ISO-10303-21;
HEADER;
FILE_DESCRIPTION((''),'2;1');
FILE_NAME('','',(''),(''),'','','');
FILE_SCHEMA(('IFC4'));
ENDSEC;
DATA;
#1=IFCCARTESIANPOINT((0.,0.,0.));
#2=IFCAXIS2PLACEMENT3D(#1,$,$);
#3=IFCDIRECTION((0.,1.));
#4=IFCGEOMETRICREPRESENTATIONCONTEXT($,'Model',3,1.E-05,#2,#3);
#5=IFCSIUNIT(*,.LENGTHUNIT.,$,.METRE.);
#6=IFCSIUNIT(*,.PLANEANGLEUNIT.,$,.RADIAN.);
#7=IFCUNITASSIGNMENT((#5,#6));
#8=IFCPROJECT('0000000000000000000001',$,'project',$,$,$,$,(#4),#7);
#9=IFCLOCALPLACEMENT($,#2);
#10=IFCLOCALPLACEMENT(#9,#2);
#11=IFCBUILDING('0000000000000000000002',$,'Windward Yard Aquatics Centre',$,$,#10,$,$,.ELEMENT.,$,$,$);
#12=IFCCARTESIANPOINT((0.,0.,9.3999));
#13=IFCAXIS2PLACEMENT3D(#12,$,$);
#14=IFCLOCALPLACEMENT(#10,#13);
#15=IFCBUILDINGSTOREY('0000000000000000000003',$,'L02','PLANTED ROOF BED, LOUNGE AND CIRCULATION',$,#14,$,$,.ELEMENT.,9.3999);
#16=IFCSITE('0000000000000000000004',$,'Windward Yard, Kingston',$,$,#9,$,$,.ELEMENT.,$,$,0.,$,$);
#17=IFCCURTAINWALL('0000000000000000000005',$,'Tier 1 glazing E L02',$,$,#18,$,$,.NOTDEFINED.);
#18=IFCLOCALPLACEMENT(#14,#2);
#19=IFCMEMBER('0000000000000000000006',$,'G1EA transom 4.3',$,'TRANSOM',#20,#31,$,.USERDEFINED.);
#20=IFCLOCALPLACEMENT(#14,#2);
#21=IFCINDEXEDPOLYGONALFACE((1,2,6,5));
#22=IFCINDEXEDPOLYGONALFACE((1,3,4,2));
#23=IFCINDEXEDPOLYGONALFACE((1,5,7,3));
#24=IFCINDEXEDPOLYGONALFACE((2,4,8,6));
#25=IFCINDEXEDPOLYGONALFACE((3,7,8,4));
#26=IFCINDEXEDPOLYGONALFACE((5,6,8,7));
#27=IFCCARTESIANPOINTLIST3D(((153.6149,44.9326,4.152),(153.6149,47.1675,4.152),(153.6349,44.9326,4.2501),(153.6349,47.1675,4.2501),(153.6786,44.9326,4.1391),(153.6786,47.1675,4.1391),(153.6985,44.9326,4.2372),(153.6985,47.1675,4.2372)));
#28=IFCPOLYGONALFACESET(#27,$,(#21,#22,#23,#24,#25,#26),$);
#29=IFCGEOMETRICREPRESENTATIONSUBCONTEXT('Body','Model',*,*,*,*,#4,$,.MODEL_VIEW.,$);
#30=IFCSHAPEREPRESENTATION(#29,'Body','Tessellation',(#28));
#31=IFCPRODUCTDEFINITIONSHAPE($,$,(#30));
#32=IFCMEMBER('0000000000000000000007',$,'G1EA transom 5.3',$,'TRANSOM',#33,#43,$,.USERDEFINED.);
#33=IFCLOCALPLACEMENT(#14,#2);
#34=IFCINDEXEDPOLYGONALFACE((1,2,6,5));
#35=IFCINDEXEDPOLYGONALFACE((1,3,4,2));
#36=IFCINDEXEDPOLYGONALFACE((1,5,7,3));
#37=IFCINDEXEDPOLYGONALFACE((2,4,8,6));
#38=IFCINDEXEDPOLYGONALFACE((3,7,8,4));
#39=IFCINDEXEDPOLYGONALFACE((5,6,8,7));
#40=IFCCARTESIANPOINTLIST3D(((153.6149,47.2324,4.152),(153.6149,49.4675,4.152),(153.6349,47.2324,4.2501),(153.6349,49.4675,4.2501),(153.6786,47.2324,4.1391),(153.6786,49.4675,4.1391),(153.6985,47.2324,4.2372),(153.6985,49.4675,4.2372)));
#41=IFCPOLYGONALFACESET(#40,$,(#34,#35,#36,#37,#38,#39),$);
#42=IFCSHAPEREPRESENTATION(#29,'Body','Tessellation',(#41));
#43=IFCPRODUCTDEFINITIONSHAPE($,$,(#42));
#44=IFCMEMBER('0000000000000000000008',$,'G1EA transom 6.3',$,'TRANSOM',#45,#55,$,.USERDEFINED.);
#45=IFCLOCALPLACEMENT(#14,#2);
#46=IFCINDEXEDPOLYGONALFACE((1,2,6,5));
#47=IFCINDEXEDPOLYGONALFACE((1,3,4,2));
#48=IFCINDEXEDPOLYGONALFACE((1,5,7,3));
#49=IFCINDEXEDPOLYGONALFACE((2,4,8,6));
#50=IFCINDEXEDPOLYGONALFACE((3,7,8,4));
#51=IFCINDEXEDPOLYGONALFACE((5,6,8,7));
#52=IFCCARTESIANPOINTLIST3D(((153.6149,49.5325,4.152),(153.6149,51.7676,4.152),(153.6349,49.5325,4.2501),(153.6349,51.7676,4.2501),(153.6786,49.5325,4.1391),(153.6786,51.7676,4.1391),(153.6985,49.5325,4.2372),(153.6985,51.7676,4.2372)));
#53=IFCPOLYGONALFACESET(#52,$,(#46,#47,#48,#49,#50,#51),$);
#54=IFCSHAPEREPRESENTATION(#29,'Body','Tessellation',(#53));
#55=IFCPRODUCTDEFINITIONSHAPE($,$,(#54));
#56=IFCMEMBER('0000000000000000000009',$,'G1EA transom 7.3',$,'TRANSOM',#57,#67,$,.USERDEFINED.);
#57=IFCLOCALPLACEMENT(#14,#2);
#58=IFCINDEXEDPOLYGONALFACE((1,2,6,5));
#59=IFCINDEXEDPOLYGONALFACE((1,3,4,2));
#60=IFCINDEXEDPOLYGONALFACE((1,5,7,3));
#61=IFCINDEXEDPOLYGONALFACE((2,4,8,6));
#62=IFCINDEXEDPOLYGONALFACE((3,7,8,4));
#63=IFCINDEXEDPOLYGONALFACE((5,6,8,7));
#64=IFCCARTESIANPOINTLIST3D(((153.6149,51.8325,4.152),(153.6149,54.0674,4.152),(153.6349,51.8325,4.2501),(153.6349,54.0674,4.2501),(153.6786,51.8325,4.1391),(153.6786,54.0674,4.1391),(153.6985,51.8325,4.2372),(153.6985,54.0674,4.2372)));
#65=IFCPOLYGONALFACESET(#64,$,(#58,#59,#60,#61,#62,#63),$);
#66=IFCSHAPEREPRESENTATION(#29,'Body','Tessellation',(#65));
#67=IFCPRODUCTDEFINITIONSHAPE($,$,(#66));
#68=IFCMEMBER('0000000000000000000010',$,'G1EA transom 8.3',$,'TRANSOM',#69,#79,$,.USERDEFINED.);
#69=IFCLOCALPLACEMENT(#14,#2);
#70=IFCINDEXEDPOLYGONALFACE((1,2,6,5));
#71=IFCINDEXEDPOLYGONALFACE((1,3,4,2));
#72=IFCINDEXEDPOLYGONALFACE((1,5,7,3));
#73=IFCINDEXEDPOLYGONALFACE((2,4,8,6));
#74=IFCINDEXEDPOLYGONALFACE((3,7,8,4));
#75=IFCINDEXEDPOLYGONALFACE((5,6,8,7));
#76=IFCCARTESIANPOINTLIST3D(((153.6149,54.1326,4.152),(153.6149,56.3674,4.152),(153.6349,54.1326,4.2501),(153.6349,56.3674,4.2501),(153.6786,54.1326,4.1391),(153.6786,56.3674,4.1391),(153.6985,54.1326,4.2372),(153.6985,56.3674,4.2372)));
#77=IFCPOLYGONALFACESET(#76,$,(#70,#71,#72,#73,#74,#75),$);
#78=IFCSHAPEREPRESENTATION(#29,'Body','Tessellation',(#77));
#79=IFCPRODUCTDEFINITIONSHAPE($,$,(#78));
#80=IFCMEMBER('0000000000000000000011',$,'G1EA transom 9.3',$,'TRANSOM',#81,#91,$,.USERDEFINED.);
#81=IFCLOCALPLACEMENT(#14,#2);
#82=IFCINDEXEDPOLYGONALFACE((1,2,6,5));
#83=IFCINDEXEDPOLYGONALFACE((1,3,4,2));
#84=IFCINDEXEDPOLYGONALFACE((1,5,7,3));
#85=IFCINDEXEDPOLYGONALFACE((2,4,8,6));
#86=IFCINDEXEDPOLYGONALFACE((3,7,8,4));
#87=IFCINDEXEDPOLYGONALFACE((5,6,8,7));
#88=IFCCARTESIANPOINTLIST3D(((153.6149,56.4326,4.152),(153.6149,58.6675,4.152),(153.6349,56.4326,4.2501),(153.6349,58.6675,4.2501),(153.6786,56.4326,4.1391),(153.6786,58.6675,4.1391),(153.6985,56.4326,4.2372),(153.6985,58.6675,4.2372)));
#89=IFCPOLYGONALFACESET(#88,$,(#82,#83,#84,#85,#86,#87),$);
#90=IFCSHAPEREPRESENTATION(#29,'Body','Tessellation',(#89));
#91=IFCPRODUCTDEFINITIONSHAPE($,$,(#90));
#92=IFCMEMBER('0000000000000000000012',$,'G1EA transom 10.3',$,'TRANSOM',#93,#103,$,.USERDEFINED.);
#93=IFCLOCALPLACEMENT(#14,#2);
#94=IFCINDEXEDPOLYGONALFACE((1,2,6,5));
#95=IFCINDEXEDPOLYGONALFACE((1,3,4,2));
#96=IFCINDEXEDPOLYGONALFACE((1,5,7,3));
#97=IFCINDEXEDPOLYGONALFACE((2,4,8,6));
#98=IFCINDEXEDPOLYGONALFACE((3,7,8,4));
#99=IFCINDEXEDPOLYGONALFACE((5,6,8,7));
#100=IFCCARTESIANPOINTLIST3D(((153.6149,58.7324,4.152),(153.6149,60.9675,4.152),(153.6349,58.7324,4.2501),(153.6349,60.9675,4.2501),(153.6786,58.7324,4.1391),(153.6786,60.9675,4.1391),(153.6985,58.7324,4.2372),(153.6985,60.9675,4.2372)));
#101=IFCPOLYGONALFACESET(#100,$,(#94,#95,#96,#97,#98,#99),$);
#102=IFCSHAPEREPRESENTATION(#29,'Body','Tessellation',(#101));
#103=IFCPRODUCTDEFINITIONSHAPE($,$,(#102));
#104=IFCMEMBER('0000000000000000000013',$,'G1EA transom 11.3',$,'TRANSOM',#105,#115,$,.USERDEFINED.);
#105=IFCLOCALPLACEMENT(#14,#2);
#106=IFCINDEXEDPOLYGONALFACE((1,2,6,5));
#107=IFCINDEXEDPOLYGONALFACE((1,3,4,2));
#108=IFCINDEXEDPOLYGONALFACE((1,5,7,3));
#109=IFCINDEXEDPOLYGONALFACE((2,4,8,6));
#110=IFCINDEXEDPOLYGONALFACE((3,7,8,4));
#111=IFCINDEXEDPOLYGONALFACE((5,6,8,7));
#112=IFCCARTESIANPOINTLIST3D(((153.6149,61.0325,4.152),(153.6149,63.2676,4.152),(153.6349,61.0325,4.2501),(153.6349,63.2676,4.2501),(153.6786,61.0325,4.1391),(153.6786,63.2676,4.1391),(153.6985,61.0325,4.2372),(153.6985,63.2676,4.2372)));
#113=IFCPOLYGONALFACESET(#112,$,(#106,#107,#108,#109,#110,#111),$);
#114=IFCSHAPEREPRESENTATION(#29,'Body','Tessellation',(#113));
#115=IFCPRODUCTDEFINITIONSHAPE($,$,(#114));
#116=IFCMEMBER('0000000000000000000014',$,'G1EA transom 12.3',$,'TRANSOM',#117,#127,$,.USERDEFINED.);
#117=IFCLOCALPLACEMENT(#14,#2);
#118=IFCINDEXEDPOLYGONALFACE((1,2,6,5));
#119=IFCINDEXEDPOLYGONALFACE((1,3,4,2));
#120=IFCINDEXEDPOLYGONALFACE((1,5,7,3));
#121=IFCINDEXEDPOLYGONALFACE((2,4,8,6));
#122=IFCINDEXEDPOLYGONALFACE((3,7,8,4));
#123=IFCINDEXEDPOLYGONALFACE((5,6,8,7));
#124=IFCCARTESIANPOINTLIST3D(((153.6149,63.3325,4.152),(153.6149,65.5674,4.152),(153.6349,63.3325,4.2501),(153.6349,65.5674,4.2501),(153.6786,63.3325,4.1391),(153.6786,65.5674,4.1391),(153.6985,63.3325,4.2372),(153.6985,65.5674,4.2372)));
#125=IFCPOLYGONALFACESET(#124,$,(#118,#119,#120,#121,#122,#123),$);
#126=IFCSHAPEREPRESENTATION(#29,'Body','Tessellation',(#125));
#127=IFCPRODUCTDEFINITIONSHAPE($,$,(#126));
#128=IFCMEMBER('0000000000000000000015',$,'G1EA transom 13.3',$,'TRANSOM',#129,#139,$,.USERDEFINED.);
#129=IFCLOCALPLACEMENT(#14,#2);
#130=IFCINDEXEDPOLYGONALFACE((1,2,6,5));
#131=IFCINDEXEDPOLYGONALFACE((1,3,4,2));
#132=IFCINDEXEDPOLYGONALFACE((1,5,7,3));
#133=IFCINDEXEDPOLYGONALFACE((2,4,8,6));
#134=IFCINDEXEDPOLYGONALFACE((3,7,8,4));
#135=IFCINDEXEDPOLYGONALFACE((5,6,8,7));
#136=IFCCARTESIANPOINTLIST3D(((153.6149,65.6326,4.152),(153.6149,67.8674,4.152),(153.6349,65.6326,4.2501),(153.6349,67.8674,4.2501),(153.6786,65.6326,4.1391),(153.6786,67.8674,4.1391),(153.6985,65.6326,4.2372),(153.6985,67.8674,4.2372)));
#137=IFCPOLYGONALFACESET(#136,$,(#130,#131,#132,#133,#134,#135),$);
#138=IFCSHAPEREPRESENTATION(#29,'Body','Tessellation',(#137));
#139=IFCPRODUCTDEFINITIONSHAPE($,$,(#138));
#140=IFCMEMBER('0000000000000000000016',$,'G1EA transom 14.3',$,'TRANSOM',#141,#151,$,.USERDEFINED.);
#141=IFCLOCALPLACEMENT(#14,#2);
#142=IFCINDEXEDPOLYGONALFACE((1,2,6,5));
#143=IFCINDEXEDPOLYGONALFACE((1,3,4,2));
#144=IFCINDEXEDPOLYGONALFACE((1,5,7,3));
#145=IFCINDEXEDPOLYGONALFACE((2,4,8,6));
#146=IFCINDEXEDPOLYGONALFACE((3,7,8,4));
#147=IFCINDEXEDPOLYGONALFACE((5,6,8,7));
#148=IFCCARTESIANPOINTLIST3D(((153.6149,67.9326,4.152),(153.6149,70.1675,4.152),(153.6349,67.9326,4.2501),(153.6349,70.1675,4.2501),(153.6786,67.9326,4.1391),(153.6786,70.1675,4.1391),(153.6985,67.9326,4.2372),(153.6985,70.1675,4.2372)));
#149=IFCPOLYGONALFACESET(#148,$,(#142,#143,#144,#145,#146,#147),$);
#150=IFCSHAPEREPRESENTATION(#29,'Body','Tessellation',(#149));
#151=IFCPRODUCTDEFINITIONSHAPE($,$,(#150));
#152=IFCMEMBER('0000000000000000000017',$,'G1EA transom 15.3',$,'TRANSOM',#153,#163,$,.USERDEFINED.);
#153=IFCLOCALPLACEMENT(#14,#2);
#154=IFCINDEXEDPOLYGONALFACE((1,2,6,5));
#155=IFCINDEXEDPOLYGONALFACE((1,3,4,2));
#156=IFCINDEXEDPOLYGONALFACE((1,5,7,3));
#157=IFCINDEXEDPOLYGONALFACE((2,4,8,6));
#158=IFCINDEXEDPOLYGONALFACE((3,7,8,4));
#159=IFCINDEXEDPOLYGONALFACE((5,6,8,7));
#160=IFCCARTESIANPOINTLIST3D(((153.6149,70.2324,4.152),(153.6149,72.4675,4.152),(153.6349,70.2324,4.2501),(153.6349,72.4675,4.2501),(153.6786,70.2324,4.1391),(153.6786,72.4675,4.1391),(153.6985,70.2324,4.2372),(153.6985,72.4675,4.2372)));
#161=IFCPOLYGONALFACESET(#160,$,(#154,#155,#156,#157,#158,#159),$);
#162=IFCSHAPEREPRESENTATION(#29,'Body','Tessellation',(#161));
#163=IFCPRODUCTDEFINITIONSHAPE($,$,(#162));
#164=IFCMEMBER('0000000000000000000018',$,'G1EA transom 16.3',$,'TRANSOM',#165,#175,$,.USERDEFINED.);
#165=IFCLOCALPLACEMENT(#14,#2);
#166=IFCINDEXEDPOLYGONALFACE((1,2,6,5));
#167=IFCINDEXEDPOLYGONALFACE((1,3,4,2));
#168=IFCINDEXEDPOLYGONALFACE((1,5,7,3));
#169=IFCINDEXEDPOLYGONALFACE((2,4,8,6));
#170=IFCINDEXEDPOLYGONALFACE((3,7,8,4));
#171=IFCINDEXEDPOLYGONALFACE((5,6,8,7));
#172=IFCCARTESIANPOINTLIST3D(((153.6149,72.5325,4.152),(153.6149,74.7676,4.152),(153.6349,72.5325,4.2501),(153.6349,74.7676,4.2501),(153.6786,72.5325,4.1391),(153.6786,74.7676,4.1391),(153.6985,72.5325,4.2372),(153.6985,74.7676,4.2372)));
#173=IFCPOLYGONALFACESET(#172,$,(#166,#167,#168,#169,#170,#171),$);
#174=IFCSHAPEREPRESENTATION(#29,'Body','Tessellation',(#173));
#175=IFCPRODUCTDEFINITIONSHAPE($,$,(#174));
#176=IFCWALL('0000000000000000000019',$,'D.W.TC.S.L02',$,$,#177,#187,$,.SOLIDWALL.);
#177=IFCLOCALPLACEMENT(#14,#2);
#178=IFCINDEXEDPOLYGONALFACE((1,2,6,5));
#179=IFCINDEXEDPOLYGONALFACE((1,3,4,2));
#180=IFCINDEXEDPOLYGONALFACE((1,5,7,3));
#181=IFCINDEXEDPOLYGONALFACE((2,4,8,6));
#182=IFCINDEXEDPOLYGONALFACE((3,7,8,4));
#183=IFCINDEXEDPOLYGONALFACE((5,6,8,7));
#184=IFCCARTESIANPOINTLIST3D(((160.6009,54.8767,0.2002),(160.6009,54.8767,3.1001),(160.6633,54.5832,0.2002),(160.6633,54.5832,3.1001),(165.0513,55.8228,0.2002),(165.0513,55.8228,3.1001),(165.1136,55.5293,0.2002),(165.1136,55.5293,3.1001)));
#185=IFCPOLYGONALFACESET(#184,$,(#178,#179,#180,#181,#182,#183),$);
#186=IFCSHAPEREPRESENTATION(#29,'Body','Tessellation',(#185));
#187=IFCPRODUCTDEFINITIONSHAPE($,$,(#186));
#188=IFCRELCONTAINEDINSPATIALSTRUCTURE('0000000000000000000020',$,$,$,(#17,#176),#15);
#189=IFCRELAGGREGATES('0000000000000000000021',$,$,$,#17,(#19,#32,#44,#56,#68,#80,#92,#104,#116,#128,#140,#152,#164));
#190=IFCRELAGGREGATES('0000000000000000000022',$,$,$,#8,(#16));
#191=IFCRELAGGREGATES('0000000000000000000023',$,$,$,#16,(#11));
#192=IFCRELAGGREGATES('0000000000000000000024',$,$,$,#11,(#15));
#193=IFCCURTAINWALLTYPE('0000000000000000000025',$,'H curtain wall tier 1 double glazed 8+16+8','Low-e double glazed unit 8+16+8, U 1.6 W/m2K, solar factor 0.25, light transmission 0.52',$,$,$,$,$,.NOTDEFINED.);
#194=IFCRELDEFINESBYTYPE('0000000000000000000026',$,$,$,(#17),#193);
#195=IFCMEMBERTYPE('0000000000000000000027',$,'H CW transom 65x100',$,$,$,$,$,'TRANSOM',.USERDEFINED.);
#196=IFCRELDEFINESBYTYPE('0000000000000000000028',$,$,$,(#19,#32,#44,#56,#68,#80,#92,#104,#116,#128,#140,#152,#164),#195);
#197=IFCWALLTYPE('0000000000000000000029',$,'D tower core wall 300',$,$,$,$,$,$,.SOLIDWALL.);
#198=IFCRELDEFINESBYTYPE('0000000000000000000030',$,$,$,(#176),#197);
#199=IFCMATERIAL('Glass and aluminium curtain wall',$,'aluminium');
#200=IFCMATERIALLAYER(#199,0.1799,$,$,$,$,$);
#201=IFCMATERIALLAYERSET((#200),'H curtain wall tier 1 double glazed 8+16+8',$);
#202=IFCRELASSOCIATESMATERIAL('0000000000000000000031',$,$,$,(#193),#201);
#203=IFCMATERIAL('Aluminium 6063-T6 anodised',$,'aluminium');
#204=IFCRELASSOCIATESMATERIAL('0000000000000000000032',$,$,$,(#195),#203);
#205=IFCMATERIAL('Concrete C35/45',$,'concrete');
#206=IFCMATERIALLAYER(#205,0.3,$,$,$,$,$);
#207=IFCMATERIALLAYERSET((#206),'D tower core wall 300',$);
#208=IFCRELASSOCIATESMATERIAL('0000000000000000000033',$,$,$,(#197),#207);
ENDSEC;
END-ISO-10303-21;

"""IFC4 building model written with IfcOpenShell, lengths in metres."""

from ifc_helpers import new_model, si_unit, direction, frame, frame_2d, origin, origin_2d, place, context, subcontext, project, spatial, rectangle, extrude, material, layer, layer_set, material_profile, profile_set, type_object, element, aggregate, save


model = new_model("IFC4")

# Units and contexts
model_context = context("Model", 3, precision=1e-05, world=origin(), true_north=direction((0.0, 1.0)))
body_context = subcontext(model_context, "Body", "Model", "MODEL_VIEW")
ifc_project = project(units=[si_unit("LENGTHUNIT", "METRE"), si_unit("PLANEANGLEUNIT", "RADIAN")], contexts=[model_context])

# Site, building, storey
site_placement = place(None, origin())
site = spatial("IfcSite", under=ifc_project, at=site_placement, Name="Windward Yard, Kingston", CompositionType="ELEMENT", RefElevation=0.0)
building_placement = place(site_placement, origin())
building = spatial("IfcBuilding", under=site, at=building_placement, Name="Windward Yard Aquatics Centre", CompositionType="ELEMENT")
storey_placement = place(building_placement, frame((0.0, 0.0, 9.3999)))
storey = spatial("IfcBuildingStorey", under=building, at=storey_placement, Name="L02", Description="PLANTED ROOF BED, LOUNGE AND CIRCULATION", CompositionType="ELEMENT", Elevation=9.3999)

# Curtain wall, members
ifc_material_1 = material(Name="Glass and aluminium curtain wall", Category="aluminium")
ifc_layer_1 = layer(ifc_material_1, 0.1799)
ifc_layer_set_1 = layer_set([ifc_layer_1], Name="H curtain wall tier 1 double glazed 8+16+8")
curtain_wall_type = type_object("IfcCurtainWallType", Name="H curtain wall tier 1 double glazed 8+16+8", Description="Low-e double glazed unit 8+16+8, U 1.6 W/m2K, solar factor 0.25, light transmission 0.52", PredefinedType="NOTDEFINED", material=ifc_layer_set_1)
curtain_wall_placement = place(storey_placement, origin())
curtain_wall = element("IfcCurtainWall", 1, at=curtain_wall_placement, inside=storey, type_object=curtain_wall_type, Name="Tier 1 glazing E L02", PredefinedType="NOTDEFINED")
ifc_material_2 = material(Name="Aluminium 6063-T6 anodised", Category="aluminium")
ifc_material_profile = material_profile(ifc_material_2, rectangle(XDim=0.0649, YDim=0.1001, at=origin_2d()), Name="H CW transom 65x100")
ifc_profile_set = profile_set([ifc_material_profile], Name="Aluminium 6063-T6 anodised")
member_type = type_object("IfcMemberType", Name="H CW transom 65x100", ElementType="TRANSOM", PredefinedType="USERDEFINED", material=ifc_profile_set)
member_1_placement = place(storey_placement, frame((153.6567, 44.9326, 4.1946), z_axis=(0.0, 1.0, 0.0), x_axis=(-0.979925, 0.0, 0.199368)))
member_1 = element("IfcMember", 2, at=member_1_placement, type_object=member_type, Name="G1EA transom 4.3", ObjectType="TRANSOM", PredefinedType="USERDEFINED", context=body_context, shape_type="SweptSolid", body=[
    extrude(rectangle(XDim=0.0649, YDim=0.1001, at=origin_2d()), origin(), (0.0, 0.0, 1.0), 2.2349),
])
member_2_placement = place(storey_placement, frame((153.6567, 47.2324, 4.1946), z_axis=(0.0, 1.0, 0.0), x_axis=(-0.979925, 0.0, 0.199368)))
member_2 = element("IfcMember", 3, at=member_2_placement, type_object=member_type, Name="G1EA transom 5.3", ObjectType="TRANSOM", PredefinedType="USERDEFINED", context=body_context, shape_type="SweptSolid", body=[
    extrude(rectangle(XDim=0.0649, YDim=0.1001, at=origin_2d()), origin(), (0.0, 0.0, 1.0), 2.2351),
])
member_3_placement = place(storey_placement, frame((153.6567, 49.5325, 4.1946), z_axis=(0.0, 1.0, 0.0), x_axis=(-0.979925, 0.0, 0.199368)))
member_3 = element("IfcMember", 4, at=member_3_placement, type_object=member_type, Name="G1EA transom 6.3", ObjectType="TRANSOM", PredefinedType="USERDEFINED", context=body_context, shape_type="SweptSolid", body=[
    extrude(rectangle(XDim=0.0649, YDim=0.1001, at=origin_2d()), origin(), (0.0, 0.0, 1.0), 2.2351),
])
member_4_placement = place(storey_placement, frame((153.6567, 51.8325, 4.1946), z_axis=(0.0, 1.0, 0.0), x_axis=(-0.979925, 0.0, 0.199368)))
member_4 = element("IfcMember", 5, at=member_4_placement, type_object=member_type, Name="G1EA transom 7.3", ObjectType="TRANSOM", PredefinedType="USERDEFINED", context=body_context, shape_type="SweptSolid", body=[
    extrude(rectangle(XDim=0.0649, YDim=0.1001, at=origin_2d()), origin(), (0.0, 0.0, 1.0), 2.2349),
])
member_5_placement = place(storey_placement, frame((153.6567, 54.1326, 4.1946), z_axis=(0.0, 1.0, 0.0), x_axis=(-0.979925, 0.0, 0.199368)))
member_5 = element("IfcMember", 6, at=member_5_placement, type_object=member_type, Name="G1EA transom 8.3", ObjectType="TRANSOM", PredefinedType="USERDEFINED", context=body_context, shape_type="SweptSolid", body=[
    extrude(rectangle(XDim=0.0649, YDim=0.1001, at=origin_2d()), origin(), (0.0, 0.0, 1.0), 2.2349),
])
member_6_placement = place(storey_placement, frame((153.6567, 56.4326, 4.1946), z_axis=(0.0, 1.0, 0.0), x_axis=(-0.979925, 0.0, 0.199368)))
member_6 = element("IfcMember", 7, at=member_6_placement, type_object=member_type, Name="G1EA transom 9.3", ObjectType="TRANSOM", PredefinedType="USERDEFINED", context=body_context, shape_type="SweptSolid", body=[
    extrude(rectangle(XDim=0.0649, YDim=0.1001, at=origin_2d()), origin(), (0.0, 0.0, 1.0), 2.2349),
])
member_7_placement = place(storey_placement, frame((153.6567, 58.7324, 4.1946), z_axis=(0.0, 1.0, 0.0), x_axis=(-0.979925, 0.0, 0.199368)))
member_7 = element("IfcMember", 8, at=member_7_placement, type_object=member_type, Name="G1EA transom 10.3", ObjectType="TRANSOM", PredefinedType="USERDEFINED", context=body_context, shape_type="SweptSolid", body=[
    extrude(rectangle(XDim=0.0649, YDim=0.1001, at=origin_2d()), origin(), (0.0, 0.0, 1.0), 2.2351),
])
member_8_placement = place(storey_placement, frame((153.6567, 61.0325, 4.1946), z_axis=(0.0, 1.0, 0.0), x_axis=(-0.979925, 0.0, 0.199368)))
member_8 = element("IfcMember", 9, at=member_8_placement, type_object=member_type, Name="G1EA transom 11.3", ObjectType="TRANSOM", PredefinedType="USERDEFINED", context=body_context, shape_type="SweptSolid", body=[
    extrude(rectangle(XDim=0.0649, YDim=0.1001, at=origin_2d()), origin(), (0.0, 0.0, 1.0), 2.2351),
])
member_9_placement = place(storey_placement, frame((153.6567, 63.3325, 4.1946), z_axis=(0.0, 1.0, 0.0), x_axis=(-0.979925, 0.0, 0.199368)))
member_9 = element("IfcMember", 10, at=member_9_placement, type_object=member_type, Name="G1EA transom 12.3", ObjectType="TRANSOM", PredefinedType="USERDEFINED", context=body_context, shape_type="SweptSolid", body=[
    extrude(rectangle(XDim=0.0649, YDim=0.1001, at=origin_2d()), origin(), (0.0, 0.0, 1.0), 2.2349),
])
member_10_placement = place(storey_placement, frame((153.6567, 65.6326, 4.1946), z_axis=(0.0, 1.0, 0.0), x_axis=(-0.979925, 0.0, 0.199368)))
member_10 = element("IfcMember", 11, at=member_10_placement, type_object=member_type, Name="G1EA transom 13.3", ObjectType="TRANSOM", PredefinedType="USERDEFINED", context=body_context, shape_type="SweptSolid", body=[
    extrude(rectangle(XDim=0.0649, YDim=0.1001, at=origin_2d()), origin(), (0.0, 0.0, 1.0), 2.2349),
])
member_11_placement = place(storey_placement, frame((153.6567, 67.9326, 4.1946), z_axis=(0.0, 1.0, 0.0), x_axis=(-0.979925, 0.0, 0.199368)))
member_11 = element("IfcMember", 12, at=member_11_placement, type_object=member_type, Name="G1EA transom 14.3", ObjectType="TRANSOM", PredefinedType="USERDEFINED", context=body_context, shape_type="SweptSolid", body=[
    extrude(rectangle(XDim=0.0649, YDim=0.1001, at=origin_2d()), origin(), (0.0, 0.0, 1.0), 2.2349),
])
member_12_placement = place(storey_placement, frame((153.6567, 70.2324, 4.1946), z_axis=(0.0, 1.0, 0.0), x_axis=(-0.979925, 0.0, 0.199368)))
member_12 = element("IfcMember", 13, at=member_12_placement, type_object=member_type, Name="G1EA transom 15.3", ObjectType="TRANSOM", PredefinedType="USERDEFINED", context=body_context, shape_type="SweptSolid", body=[
    extrude(rectangle(XDim=0.0649, YDim=0.1001, at=origin_2d()), origin(), (0.0, 0.0, 1.0), 2.2351),
])
member_13_placement = place(storey_placement, frame((153.6567, 72.5325, 4.1946), z_axis=(0.0, 1.0, 0.0), x_axis=(-0.979925, 0.0, 0.199368)))
member_13 = element("IfcMember", 14, at=member_13_placement, type_object=member_type, Name="G1EA transom 16.3", ObjectType="TRANSOM", PredefinedType="USERDEFINED", context=body_context, shape_type="SweptSolid", body=[
    extrude(rectangle(XDim=0.0649, YDim=0.1001, at=origin_2d()), origin(), (0.0, 0.0, 1.0), 2.2351),
])
aggregate(curtain_wall, [member_1, member_2, member_3, member_4, member_5, member_6, member_7, member_8, member_9, member_10, member_11, member_12, member_13])

# Wall
ifc_material_3 = material(Name="Concrete C35/45", Category="concrete")
ifc_layer_2 = layer(ifc_material_3, 0.3)
ifc_layer_set_2 = layer_set([ifc_layer_2], Name="D tower core wall 300")
wall_type_1 = type_object("IfcWallType", Name="D tower core wall 300", PredefinedType="SOLIDWALL", material=ifc_layer_set_2)
wall_1_placement = place(storey_placement, frame((160.6321, 54.73, 0.2002), z_axis=(0.0, 0.0, 1.0), x_axis=(0.978144, 0.207927, 0.0)))
element("IfcWall", 15, at=wall_1_placement, inside=storey, type_object=wall_type_1, Name="D.W.TC.S.L02", PredefinedType="SOLIDWALL", context=body_context, shape_type="SweptSolid", body=[
    extrude(rectangle(XDim=4.5498, YDim=0.3, at=frame_2d((2.2749, 0.0))), origin(), (0.0, 0.0, 1.0), 2.8999),
])

save(model, "model.ifc")
